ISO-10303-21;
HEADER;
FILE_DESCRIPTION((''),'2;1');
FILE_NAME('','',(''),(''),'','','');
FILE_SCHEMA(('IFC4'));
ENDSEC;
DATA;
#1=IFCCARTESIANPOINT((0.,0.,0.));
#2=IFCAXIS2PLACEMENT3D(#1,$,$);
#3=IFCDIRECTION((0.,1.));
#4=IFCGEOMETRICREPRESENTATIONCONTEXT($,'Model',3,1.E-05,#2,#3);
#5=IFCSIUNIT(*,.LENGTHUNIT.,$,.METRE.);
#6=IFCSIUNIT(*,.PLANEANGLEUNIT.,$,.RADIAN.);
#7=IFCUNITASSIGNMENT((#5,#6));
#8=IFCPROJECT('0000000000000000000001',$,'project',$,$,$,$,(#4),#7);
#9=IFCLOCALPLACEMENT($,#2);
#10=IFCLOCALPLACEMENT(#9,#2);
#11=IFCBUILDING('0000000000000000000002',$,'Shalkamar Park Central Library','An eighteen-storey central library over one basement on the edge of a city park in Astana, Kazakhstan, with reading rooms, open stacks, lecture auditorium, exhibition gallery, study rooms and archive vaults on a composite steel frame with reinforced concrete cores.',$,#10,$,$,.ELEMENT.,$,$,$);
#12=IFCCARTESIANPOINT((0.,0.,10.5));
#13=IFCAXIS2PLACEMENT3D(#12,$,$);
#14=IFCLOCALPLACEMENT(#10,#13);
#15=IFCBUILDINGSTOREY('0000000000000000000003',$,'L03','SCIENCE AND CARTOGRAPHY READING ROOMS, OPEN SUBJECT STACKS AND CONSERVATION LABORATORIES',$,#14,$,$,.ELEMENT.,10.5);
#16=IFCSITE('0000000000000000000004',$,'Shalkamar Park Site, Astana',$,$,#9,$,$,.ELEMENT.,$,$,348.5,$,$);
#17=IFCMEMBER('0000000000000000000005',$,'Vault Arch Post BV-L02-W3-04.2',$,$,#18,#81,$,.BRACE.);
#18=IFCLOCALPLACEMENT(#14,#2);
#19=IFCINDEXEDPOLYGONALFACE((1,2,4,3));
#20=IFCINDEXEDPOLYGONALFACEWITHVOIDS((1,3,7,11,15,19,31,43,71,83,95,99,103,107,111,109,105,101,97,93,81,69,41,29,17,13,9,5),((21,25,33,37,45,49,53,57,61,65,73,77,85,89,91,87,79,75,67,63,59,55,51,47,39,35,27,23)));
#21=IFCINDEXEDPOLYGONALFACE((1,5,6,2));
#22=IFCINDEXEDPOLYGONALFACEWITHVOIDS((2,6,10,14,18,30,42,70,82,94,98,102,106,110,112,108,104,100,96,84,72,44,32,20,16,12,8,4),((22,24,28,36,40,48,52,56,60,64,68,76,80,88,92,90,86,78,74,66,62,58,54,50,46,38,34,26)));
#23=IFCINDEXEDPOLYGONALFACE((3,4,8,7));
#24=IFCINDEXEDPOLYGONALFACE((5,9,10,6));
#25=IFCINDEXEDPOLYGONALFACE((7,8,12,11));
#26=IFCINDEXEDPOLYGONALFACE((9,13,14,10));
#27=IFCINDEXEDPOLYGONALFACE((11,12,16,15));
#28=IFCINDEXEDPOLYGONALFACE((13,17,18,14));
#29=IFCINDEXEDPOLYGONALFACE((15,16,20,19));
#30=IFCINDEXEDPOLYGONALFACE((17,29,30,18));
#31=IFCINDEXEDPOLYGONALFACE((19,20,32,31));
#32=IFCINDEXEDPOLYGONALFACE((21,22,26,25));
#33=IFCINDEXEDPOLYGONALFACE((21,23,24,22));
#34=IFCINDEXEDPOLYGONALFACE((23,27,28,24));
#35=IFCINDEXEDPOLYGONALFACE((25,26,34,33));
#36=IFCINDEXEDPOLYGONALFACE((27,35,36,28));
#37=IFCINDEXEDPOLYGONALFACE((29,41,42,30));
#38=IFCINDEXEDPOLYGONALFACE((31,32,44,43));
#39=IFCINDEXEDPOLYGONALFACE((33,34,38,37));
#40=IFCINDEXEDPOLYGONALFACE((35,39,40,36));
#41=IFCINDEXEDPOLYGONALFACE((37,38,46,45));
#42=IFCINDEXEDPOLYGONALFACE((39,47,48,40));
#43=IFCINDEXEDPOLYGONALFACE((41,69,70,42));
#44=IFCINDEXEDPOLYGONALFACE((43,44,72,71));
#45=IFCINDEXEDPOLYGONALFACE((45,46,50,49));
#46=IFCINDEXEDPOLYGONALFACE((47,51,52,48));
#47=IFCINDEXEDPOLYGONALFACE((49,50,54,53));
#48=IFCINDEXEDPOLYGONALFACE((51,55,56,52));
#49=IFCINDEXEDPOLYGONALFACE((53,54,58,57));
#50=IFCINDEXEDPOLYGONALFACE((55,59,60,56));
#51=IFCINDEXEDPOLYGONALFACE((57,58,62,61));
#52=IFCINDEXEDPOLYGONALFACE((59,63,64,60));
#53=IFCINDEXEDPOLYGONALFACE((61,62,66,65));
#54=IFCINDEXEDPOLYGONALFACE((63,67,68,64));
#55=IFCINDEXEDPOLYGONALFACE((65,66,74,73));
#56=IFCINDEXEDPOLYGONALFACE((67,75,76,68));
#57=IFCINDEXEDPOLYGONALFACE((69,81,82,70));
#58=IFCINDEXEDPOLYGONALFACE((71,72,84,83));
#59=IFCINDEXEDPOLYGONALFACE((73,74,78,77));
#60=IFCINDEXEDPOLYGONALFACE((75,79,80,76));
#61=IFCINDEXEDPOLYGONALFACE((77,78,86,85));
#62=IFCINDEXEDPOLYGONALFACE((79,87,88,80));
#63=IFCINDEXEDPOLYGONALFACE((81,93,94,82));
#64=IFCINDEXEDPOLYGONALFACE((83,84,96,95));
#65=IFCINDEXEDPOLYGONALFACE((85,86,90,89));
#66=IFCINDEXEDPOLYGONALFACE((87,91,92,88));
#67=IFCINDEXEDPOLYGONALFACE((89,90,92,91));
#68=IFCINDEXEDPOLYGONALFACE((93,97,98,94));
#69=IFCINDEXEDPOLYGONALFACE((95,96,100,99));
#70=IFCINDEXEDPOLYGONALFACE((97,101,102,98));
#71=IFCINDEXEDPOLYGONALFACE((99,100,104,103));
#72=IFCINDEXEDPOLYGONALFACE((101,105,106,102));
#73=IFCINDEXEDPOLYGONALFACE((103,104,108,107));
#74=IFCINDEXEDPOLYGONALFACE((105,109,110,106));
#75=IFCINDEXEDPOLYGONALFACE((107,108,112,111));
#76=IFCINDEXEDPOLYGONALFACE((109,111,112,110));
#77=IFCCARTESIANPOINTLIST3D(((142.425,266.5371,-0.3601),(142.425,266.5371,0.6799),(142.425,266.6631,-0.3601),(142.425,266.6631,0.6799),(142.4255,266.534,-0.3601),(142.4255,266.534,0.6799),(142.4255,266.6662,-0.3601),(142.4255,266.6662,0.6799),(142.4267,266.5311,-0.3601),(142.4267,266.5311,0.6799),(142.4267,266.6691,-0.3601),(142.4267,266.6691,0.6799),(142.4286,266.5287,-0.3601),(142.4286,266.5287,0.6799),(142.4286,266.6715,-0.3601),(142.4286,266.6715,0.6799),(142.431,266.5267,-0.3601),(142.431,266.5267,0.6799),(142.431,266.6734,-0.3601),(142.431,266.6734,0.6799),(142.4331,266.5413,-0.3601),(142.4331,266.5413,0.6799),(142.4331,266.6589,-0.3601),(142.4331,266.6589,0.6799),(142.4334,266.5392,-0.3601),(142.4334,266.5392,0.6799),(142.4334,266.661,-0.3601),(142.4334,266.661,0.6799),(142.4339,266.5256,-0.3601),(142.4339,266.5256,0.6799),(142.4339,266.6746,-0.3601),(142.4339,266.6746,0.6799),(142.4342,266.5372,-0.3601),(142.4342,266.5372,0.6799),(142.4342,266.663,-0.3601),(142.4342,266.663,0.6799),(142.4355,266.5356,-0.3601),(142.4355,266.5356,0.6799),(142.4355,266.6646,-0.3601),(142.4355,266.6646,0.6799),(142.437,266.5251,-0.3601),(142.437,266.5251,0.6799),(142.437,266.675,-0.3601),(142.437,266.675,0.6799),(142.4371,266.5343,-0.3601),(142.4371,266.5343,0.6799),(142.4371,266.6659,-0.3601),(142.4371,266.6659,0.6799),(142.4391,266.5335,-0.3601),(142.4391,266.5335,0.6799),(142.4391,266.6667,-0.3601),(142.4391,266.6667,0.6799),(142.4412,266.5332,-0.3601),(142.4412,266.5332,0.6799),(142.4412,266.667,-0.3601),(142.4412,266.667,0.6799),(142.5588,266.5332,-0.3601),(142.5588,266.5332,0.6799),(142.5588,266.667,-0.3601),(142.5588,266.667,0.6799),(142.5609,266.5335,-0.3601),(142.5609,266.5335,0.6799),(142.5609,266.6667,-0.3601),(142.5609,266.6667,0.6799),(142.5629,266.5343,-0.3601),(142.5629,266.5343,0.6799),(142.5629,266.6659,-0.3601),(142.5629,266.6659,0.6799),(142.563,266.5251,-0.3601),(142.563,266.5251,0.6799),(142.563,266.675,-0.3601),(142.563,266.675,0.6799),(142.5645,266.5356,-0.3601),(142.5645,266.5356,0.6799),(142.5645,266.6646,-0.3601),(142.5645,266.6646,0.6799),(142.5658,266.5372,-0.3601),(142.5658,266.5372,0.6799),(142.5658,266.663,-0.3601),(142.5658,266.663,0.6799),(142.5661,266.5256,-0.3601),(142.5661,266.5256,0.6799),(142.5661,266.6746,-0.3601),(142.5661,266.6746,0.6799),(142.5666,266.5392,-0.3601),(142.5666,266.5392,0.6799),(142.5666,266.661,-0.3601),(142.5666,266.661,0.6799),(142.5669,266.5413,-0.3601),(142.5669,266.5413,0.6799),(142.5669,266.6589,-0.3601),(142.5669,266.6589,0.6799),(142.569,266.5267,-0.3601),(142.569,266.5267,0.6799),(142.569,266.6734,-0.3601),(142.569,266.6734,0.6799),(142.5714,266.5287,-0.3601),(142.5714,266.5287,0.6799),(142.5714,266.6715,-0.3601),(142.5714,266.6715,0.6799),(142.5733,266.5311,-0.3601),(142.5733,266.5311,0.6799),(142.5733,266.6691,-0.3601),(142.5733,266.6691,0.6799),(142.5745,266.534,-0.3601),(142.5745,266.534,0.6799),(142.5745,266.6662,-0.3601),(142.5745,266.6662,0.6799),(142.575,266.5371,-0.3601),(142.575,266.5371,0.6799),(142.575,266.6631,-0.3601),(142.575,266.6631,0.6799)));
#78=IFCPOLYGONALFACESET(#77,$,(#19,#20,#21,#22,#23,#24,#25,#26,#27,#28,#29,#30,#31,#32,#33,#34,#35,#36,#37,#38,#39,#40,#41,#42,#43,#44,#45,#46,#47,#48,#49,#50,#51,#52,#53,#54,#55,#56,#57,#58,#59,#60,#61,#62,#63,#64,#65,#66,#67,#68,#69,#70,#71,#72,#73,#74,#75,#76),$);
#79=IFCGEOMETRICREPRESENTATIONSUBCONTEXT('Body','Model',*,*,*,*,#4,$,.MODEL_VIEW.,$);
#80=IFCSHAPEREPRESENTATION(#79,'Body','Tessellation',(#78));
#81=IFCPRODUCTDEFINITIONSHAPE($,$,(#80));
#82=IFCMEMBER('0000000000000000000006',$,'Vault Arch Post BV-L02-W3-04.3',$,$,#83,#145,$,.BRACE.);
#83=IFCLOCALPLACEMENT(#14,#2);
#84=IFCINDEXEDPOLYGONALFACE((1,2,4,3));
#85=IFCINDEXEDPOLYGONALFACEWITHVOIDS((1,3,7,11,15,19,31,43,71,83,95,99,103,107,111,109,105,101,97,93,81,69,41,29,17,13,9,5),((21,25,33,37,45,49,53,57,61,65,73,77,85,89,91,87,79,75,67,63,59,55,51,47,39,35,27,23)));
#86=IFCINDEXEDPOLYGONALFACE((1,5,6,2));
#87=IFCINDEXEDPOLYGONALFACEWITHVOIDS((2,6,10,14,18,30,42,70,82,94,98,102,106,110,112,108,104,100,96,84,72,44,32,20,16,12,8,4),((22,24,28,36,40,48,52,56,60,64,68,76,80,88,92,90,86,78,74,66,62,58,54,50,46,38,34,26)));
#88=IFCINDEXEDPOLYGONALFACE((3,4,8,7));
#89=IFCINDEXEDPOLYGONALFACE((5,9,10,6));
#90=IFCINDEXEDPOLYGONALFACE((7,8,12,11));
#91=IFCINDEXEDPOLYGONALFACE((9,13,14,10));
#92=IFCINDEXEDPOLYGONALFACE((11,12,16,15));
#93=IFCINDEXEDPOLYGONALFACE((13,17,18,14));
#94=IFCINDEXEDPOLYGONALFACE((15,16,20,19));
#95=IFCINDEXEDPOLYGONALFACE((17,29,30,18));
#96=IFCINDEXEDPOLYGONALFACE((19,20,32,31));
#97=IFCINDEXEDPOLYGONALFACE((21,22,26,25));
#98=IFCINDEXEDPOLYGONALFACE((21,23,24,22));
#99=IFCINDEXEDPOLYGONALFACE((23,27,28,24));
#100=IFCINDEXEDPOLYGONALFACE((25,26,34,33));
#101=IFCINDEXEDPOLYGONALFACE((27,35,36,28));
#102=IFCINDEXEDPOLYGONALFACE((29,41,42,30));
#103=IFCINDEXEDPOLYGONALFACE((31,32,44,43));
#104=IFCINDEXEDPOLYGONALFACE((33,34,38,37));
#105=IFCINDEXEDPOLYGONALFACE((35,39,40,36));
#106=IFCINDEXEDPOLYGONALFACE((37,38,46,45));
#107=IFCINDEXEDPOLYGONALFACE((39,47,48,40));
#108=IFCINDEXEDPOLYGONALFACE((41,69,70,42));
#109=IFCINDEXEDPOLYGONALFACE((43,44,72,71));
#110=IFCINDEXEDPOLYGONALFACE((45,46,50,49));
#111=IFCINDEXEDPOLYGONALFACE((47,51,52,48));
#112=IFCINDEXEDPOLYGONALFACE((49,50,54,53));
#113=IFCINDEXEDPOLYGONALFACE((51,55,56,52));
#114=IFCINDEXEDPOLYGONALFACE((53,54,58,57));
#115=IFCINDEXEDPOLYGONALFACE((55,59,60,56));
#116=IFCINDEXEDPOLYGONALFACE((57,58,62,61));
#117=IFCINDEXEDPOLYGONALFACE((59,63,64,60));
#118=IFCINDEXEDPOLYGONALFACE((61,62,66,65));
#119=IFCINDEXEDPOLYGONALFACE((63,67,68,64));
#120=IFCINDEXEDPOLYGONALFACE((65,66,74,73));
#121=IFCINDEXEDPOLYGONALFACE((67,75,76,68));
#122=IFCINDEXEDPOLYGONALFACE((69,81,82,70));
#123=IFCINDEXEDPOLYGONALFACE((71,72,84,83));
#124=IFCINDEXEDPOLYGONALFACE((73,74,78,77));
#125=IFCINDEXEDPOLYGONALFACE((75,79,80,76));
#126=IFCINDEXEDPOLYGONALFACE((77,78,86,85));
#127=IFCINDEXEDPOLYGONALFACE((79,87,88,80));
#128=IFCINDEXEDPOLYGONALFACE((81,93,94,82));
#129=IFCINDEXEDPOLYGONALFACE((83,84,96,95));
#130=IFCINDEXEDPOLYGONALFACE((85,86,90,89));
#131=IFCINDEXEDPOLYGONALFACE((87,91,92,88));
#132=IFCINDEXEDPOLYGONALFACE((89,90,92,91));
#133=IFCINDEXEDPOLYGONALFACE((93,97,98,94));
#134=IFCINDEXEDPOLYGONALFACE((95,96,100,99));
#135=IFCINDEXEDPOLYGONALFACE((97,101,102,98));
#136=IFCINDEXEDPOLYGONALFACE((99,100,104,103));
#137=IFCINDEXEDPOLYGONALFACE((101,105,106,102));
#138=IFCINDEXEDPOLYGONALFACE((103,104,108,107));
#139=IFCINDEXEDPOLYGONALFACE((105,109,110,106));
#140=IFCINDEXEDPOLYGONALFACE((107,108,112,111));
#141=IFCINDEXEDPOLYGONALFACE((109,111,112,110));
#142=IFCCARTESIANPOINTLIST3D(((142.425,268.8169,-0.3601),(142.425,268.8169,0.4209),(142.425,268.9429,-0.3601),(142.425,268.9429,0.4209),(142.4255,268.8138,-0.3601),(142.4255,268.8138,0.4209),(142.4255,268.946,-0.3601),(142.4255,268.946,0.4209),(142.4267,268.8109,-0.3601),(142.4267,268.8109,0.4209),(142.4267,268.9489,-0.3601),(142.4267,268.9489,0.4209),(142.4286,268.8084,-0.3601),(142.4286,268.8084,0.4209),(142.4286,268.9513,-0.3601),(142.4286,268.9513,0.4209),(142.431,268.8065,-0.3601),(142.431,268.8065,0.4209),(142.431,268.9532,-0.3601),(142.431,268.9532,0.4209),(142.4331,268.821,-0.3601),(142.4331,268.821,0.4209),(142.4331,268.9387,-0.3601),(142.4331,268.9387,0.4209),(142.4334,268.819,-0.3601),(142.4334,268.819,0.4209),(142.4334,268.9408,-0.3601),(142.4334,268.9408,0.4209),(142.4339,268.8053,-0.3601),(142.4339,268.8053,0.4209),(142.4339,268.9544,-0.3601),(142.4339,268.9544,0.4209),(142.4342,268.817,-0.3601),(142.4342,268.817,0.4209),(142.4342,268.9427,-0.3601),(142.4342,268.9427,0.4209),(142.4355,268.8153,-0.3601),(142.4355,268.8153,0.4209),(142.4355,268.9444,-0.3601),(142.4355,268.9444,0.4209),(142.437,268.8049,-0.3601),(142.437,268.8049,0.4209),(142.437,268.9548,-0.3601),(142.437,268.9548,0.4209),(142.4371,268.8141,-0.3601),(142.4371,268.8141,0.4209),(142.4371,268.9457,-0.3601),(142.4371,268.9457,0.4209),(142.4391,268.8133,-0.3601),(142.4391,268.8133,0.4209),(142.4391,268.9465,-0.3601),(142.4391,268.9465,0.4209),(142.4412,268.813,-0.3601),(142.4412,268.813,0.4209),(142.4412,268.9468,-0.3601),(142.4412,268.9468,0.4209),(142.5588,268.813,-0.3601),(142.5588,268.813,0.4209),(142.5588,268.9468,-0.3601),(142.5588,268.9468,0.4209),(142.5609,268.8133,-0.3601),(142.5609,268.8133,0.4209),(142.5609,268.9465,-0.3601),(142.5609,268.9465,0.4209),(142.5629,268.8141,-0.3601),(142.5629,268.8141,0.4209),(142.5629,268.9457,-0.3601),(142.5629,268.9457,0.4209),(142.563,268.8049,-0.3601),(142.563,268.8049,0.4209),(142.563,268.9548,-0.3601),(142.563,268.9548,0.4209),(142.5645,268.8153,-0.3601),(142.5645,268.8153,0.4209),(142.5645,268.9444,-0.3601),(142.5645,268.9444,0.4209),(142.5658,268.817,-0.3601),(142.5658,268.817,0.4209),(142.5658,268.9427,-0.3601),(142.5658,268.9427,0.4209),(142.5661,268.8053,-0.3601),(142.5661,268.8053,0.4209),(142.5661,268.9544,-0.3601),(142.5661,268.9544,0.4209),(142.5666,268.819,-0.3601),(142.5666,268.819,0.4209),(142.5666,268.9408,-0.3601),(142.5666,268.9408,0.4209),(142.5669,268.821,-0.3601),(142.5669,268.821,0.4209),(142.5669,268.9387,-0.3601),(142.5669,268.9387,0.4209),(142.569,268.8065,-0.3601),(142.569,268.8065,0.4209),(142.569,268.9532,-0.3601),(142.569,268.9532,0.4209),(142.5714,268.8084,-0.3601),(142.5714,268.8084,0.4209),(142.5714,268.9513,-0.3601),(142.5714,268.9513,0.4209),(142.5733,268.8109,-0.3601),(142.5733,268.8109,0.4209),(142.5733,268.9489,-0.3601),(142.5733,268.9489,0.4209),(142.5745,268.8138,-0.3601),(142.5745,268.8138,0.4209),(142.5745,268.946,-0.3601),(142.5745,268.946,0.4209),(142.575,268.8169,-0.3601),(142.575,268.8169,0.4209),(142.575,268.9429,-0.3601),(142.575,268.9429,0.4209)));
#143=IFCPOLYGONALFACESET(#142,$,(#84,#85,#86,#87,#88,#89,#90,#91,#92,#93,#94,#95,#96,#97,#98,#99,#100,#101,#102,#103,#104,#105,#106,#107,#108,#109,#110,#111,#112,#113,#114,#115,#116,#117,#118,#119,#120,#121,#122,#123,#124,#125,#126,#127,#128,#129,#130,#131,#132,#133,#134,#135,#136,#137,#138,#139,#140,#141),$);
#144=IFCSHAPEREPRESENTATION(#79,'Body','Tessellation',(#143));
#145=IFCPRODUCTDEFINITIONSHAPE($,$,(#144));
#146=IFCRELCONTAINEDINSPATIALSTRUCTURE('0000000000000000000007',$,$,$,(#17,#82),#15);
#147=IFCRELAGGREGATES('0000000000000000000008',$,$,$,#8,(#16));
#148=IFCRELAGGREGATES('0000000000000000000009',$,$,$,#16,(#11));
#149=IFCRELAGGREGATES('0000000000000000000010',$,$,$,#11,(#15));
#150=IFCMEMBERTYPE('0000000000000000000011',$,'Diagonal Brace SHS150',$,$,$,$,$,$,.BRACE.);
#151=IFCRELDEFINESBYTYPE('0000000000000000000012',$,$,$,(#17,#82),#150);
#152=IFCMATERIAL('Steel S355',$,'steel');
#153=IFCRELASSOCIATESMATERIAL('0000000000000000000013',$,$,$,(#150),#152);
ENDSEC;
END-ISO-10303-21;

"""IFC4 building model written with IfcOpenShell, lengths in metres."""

from ifc_helpers import new_model, si_unit, direction, frame, origin, origin_2d, place, context, subcontext, project, spatial, hollow_rectangle, extrude, material, material_profile, profile_set, type_object, element, save


model = new_model("IFC4")

# Units and contexts
model_context = context("Model", 3, precision=1e-05, world=origin(), true_north=direction((0.0, 1.0)))
body_context = subcontext(model_context, "Body", "Model", "MODEL_VIEW")
ifc_project = project(units=[si_unit("LENGTHUNIT", "METRE"), si_unit("PLANEANGLEUNIT", "RADIAN")], contexts=[model_context])

# Site, building, storey
site_placement = place(None, origin())
site = spatial("IfcSite", under=ifc_project, at=site_placement, Name="Shalkamar Park Site, Astana", CompositionType="ELEMENT", RefElevation=348.5)
building_placement = place(site_placement, origin())
building = spatial("IfcBuilding", under=site, at=building_placement, Name="Shalkamar Park Central Library", Description="An eighteen-storey central library over one basement on the edge of a city park in Astana, Kazakhstan, with reading rooms, open stacks, lecture auditorium, exhibition gallery, study rooms and archive vaults on a composite steel frame with reinforced concrete cores.", CompositionType="ELEMENT")
storey_placement = place(building_placement, frame((0.0, 0.0, 10.5)))
storey = spatial("IfcBuildingStorey", under=building, at=storey_placement, Name="L03", Description="SCIENCE AND CARTOGRAPHY READING ROOMS, OPEN SUBJECT STACKS AND CONSERVATION LABORATORIES", CompositionType="ELEMENT", Elevation=10.5)

# Members
ifc_material_1 = material(Name="Steel S355", Category="steel")
ifc_material_profile_1 = material_profile(ifc_material_1, hollow_rectangle(XDim=0.1499, YDim=0.1499, WallThickness=0.0081, InnerFilletRadius=0.0081, OuterFilletRadius=0.012, at=origin_2d()), Name="SHS 150x150x8")
ifc_profile_set_1 = profile_set([ifc_material_profile_1], Name="Steel S355")
member_type_1 = type_object("IfcMemberType", Name="Diagonal Brace SHS150", PredefinedType="BRACE", material=ifc_profile_set_1)
member_1_placement = place(storey_placement, frame((142.5, 266.6001, -0.3601), z_axis=(0.0, 0.0, 1.0), x_axis=(1.0, 0.0, 0.0)))
element("IfcMember", 1, at=member_1_placement, inside=storey, type_object=member_type_1, Name="Vault Arch Post BV-L02-W3-04.2", PredefinedType="BRACE", context=body_context, shape_type="SweptSolid", body=[
    extrude(hollow_rectangle(XDim=0.1499, YDim=0.1499, WallThickness=0.0081, InnerFilletRadius=0.0081, OuterFilletRadius=0.012, at=origin_2d()), origin(), (0.0, 0.0, 1.0), 1.04),
])
for number, where, z_axis, x_axis, name in (
    (2, (142.5, 268.8799, -0.3601), (0.0, 0.0, 1.0), (1.0, 0.0, 0.0), "Vault Arch Post BV-L02-W3-04.3"),
):
    element("IfcMember", number, at=place(storey_placement, frame(where, z_axis=z_axis, x_axis=x_axis)), inside=storey, type_object=member_type_1, Name=name, PredefinedType="BRACE", context=body_context, shape_type="SweptSolid", body=[
        extrude(hollow_rectangle(XDim=0.1499, YDim=0.1499, WallThickness=0.0081, InnerFilletRadius=0.0081, OuterFilletRadius=0.012, at=origin_2d()), origin(), (0.0, 0.0, 1.0), 0.781),
    ])

save(model, "model.ifc")
